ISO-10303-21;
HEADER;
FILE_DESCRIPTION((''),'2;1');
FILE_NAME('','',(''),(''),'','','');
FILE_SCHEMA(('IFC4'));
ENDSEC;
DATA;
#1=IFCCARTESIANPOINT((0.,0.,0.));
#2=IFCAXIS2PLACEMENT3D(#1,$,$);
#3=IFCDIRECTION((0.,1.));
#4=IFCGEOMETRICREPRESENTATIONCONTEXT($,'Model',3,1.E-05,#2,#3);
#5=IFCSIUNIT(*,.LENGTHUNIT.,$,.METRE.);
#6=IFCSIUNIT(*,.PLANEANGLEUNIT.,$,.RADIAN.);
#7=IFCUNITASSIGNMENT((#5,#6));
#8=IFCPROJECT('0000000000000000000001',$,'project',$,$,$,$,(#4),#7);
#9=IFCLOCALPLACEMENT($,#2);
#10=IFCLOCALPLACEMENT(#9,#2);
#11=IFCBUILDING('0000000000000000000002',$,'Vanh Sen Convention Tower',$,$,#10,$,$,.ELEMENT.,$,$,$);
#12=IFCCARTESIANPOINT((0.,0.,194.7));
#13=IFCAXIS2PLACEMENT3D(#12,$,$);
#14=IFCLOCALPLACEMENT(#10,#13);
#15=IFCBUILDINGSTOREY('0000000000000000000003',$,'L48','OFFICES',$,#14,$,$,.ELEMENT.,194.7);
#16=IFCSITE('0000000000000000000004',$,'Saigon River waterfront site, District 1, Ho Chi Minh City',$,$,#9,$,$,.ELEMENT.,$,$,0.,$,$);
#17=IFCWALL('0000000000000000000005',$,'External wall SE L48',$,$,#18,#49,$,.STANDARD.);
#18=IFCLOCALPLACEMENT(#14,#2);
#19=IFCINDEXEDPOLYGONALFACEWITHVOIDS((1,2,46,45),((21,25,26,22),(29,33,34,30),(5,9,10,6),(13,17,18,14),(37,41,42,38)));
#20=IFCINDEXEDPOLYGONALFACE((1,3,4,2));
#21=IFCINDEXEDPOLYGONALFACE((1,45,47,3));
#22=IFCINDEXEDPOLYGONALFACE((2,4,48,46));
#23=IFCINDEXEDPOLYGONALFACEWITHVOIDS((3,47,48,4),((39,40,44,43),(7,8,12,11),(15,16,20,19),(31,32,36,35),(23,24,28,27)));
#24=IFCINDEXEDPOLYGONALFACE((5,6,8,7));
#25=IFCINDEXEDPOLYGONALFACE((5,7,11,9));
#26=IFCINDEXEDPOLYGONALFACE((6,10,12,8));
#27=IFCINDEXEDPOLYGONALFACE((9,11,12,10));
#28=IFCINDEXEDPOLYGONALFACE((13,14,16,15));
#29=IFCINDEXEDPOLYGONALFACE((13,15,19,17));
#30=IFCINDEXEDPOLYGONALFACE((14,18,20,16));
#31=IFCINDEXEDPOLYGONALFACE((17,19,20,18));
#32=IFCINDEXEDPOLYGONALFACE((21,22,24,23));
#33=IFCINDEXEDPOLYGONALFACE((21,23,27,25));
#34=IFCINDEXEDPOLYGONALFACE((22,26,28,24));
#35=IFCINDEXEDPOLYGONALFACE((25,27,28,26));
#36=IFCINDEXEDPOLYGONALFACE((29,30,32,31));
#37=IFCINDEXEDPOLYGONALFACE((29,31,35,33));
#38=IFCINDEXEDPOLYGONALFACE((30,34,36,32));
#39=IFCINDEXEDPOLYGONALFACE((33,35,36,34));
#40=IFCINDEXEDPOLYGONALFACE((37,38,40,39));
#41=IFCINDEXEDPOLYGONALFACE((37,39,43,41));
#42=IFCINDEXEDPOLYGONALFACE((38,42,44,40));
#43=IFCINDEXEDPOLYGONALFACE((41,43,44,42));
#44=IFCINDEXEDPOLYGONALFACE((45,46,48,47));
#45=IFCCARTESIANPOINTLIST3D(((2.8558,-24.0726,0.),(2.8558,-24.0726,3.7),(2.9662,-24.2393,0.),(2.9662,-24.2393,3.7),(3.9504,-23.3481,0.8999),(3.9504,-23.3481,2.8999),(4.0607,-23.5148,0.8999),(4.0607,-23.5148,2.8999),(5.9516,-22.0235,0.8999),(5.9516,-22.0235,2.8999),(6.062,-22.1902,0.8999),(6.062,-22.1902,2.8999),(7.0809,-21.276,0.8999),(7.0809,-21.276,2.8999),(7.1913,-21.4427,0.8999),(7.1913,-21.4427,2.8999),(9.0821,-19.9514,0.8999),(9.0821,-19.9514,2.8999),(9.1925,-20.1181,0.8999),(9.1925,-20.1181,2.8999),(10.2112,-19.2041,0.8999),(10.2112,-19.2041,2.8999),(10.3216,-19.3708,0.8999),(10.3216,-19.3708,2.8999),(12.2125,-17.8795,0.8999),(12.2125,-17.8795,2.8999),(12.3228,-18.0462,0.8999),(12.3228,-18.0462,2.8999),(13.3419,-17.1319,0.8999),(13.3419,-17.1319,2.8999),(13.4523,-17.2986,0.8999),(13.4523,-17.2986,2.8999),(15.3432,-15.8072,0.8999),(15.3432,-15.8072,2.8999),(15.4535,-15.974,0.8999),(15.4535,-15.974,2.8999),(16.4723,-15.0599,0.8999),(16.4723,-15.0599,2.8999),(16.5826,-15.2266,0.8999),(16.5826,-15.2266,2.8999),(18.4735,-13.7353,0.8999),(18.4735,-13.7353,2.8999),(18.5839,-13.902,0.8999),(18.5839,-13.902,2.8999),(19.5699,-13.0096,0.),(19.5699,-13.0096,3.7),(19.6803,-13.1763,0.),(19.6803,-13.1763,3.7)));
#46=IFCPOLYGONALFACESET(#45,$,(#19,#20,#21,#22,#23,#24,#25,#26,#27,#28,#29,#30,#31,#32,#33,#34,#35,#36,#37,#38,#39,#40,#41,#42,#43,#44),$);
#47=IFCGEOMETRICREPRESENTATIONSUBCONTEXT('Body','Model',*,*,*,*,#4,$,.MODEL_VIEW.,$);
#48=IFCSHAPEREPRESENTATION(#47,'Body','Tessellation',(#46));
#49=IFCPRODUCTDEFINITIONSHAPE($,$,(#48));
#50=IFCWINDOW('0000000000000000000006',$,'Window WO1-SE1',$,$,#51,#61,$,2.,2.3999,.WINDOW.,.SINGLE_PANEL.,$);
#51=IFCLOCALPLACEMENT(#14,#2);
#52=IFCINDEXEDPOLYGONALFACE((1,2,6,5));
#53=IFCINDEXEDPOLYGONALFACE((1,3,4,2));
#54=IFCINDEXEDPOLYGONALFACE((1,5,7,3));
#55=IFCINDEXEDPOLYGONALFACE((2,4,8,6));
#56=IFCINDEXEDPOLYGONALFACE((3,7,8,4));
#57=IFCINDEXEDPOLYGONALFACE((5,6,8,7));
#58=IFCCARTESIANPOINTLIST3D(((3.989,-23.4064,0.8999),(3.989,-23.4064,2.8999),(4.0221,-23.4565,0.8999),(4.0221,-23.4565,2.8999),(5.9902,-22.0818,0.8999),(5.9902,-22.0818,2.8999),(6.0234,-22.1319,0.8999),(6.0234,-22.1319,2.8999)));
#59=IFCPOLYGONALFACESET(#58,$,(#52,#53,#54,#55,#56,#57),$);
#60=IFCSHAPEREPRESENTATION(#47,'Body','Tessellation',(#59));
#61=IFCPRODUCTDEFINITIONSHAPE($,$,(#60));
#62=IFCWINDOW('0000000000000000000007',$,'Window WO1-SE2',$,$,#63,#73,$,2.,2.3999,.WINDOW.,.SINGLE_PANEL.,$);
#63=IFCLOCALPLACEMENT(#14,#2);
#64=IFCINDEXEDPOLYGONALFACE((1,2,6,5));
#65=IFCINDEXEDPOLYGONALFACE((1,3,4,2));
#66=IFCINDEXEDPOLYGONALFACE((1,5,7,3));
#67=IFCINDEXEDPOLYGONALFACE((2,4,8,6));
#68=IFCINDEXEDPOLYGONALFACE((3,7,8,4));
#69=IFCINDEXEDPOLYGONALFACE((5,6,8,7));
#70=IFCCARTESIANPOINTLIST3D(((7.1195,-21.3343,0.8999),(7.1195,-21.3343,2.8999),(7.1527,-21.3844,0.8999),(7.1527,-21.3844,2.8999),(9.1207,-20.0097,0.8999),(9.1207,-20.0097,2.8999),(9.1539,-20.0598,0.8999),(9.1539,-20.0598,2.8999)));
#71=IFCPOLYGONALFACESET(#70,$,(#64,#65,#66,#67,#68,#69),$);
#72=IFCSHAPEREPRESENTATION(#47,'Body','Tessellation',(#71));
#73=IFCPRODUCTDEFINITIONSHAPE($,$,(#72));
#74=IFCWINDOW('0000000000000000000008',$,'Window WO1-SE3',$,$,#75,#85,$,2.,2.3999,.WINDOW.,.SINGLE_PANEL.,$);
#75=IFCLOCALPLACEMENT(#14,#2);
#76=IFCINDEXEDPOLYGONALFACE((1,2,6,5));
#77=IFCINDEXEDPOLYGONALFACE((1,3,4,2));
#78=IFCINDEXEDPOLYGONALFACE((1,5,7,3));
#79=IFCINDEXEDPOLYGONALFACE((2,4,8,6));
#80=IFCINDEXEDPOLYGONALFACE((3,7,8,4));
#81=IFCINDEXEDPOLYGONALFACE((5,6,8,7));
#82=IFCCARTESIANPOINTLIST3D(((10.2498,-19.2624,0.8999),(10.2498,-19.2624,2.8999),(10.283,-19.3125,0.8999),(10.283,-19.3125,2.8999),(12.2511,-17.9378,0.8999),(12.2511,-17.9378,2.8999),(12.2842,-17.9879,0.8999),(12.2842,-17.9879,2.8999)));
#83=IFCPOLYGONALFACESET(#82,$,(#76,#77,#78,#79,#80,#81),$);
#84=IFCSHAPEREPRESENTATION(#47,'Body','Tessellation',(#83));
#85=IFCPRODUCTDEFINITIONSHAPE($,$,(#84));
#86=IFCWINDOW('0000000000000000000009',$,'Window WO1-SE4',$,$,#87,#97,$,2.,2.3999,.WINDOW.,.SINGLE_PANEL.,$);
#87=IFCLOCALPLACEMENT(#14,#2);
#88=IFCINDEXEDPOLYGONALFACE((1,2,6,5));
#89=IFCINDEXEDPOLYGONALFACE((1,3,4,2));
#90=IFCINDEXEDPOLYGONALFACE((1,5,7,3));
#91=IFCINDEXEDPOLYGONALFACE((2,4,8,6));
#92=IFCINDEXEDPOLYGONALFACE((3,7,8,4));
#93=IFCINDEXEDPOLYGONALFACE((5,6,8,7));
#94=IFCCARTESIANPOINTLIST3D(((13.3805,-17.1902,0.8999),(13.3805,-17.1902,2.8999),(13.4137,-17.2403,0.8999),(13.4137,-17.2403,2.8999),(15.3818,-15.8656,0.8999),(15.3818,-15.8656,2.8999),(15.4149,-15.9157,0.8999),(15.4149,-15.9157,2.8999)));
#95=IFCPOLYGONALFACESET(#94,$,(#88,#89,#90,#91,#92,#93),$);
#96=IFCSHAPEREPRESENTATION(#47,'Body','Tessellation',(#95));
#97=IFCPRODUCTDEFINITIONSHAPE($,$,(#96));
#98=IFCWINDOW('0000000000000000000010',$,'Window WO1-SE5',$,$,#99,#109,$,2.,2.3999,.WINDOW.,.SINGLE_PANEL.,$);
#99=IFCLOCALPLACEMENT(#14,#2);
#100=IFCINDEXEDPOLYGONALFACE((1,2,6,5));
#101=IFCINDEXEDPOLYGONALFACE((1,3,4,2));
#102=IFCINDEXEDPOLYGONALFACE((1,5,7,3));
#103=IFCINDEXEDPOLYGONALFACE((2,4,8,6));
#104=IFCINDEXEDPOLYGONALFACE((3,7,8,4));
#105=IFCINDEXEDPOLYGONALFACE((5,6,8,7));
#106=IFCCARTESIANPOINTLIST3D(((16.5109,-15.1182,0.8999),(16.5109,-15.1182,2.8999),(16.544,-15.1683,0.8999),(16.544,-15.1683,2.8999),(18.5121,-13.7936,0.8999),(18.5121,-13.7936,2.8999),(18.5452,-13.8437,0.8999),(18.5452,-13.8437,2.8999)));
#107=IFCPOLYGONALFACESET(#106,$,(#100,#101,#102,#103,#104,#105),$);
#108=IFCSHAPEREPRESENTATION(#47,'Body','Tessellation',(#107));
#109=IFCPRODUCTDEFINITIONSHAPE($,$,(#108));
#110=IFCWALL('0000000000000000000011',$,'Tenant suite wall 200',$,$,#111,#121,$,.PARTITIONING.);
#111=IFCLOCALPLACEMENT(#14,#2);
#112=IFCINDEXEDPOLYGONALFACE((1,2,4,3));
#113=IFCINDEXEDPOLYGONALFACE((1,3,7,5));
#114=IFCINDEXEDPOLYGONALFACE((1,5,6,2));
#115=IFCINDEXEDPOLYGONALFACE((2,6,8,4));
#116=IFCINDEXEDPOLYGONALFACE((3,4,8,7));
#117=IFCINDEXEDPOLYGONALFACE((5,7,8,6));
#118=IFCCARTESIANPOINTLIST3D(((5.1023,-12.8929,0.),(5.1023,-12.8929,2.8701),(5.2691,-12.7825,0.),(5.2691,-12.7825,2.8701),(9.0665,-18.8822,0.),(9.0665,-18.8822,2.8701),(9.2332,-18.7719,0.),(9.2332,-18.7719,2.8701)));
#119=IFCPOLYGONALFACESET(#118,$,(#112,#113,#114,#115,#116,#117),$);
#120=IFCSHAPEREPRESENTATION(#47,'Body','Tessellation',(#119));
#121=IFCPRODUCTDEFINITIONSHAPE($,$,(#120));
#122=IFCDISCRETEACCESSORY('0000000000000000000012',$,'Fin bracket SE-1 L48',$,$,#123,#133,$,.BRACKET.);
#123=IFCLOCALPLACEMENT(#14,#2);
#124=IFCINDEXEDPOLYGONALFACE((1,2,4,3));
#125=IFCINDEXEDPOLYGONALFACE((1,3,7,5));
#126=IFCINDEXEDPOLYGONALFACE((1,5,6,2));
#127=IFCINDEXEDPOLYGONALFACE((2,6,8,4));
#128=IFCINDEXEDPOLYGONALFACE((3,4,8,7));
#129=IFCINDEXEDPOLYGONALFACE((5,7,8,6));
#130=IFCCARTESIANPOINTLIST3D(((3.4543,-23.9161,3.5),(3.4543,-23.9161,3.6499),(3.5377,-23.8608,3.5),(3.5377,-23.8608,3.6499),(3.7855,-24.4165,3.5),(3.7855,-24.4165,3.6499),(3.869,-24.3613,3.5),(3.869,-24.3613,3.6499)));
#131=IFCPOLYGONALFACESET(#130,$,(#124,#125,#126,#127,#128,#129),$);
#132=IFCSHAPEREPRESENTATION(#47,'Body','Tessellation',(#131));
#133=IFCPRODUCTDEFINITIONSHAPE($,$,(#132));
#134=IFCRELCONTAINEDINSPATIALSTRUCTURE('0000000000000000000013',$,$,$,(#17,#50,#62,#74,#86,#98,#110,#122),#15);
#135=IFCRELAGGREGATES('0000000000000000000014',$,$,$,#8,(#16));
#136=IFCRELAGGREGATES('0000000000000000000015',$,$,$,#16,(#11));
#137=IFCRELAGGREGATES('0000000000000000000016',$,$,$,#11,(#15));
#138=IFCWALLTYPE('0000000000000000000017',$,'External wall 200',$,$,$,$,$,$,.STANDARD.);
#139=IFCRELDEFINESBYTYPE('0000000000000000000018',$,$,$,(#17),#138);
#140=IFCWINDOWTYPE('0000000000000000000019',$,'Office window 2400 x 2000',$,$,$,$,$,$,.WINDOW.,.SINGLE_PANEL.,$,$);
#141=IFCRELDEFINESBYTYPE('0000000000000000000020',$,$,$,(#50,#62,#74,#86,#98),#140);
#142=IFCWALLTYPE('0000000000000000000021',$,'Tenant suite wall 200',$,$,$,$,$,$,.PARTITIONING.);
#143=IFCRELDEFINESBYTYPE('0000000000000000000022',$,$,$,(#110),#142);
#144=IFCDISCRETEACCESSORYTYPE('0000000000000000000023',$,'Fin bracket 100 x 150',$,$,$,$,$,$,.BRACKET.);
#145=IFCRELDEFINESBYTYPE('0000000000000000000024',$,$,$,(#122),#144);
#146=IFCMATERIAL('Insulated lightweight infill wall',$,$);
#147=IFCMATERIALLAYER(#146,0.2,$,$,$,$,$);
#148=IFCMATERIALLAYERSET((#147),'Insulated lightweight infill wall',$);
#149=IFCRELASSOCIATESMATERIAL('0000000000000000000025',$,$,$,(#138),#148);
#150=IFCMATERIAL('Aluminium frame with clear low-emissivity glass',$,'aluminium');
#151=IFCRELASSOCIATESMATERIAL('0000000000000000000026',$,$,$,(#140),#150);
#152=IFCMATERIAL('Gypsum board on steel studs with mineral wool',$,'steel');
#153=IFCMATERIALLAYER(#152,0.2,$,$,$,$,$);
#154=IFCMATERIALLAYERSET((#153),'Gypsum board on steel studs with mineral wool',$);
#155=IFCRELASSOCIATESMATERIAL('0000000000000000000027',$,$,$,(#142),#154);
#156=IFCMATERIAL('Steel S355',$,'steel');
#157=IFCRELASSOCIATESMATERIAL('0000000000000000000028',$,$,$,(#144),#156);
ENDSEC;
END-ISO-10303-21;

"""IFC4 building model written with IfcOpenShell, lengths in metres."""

from ifc_helpers import new_model, si_unit, direction, frame, frame_2d, origin, origin_2d, place, context, subcontext, project, spatial, rectangle, extrude, material, layer, layer_set, type_object, element, fill, save


model = new_model("IFC4")

# Units and contexts
model_context = context("Model", 3, precision=1e-05, world=origin(), true_north=direction((0.0, 1.0)))
body_context = subcontext(model_context, "Body", "Model", "MODEL_VIEW")
ifc_project = project(units=[si_unit("LENGTHUNIT", "METRE"), si_unit("PLANEANGLEUNIT", "RADIAN")], contexts=[model_context])

# Site, building, storey
site_placement = place(None, origin())
site = spatial("IfcSite", under=ifc_project, at=site_placement, Name="Saigon River waterfront site, District 1, Ho Chi Minh City", CompositionType="ELEMENT", RefElevation=0.0)
building_placement = place(site_placement, origin())
building = spatial("IfcBuilding", under=site, at=building_placement, Name="Vanh Sen Convention Tower", CompositionType="ELEMENT")
storey_placement = place(building_placement, frame((0.0, 0.0, 194.7)))
storey = spatial("IfcBuildingStorey", under=building, at=storey_placement, Name="L48", Description="OFFICES", CompositionType="ELEMENT", Elevation=194.7)

# Shared definitions
ifc_material_1 = material(Name="Gypsum board on steel studs with mineral wool", Category="steel")

# Wall, openings, windows
ifc_material_2 = material(Name="Insulated lightweight infill wall")
ifc_layer_1 = layer(ifc_material_2, 0.2)
ifc_layer_set_1 = layer_set([ifc_layer_1], Name="Insulated lightweight infill wall")
wall_type_1 = type_object("IfcWallType", Name="External wall 200", PredefinedType="STANDARD", material=ifc_layer_set_1)
wall_1_placement = place(storey_placement, frame((2.9109, -24.156, 0.0), z_axis=(0.0, 0.0, 1.0), x_axis=(0.833882, 0.551943, 0.0)))
wall_1 = element("IfcWall", 1, at=wall_1_placement, inside=storey, type_object=wall_type_1, Name="External wall SE L48", PredefinedType="STANDARD", context=body_context, shape_type="SweptSolid", body=[
    extrude(rectangle(XDim=20.0437, YDim=0.2, at=frame_2d((10.022, 0.0))), origin(), (0.0, 0.0, 1.0), 3.7),
])
opening_1_placement = place(wall_1_placement, frame((1.3127, 0.0, 0.8999)))
opening_1 = element("IfcOpeningElement", 2, at=opening_1_placement, cuts=wall_1, PredefinedType="OPENING", context=body_context, shape_type="SweptSolid", body=[
    extrude(rectangle(XDim=2.3999, YDim=2.0, at=frame_2d((1.2, 1.0))), frame((0.0, 0.1099, 0.0), z_axis=(0.0, -1.0, 0.0), x_axis=(1.0, 0.0, 0.0)), (0.0, 0.0, 1.0), 0.22),
])
opening_2_placement = place(wall_1_placement, frame((5.0669, 0.0, 0.8999)))
opening_2 = element("IfcOpeningElement", 3, at=opening_2_placement, cuts=wall_1, PredefinedType="OPENING", context=body_context, shape_type="SweptSolid", body=[
    extrude(rectangle(XDim=2.3999, YDim=2.0, at=frame_2d((1.2, 1.0))), frame((0.0, 0.1099, 0.0), z_axis=(0.0, -1.0, 0.0), x_axis=(1.0, 0.0, 0.0)), (0.0, 0.0, 1.0), 0.22),
])
opening_3_placement = place(wall_1_placement, frame((8.8208, 0.0, 0.8999)))
opening_3 = element("IfcOpeningElement", 4, at=opening_3_placement, cuts=wall_1, PredefinedType="OPENING", context=body_context, shape_type="SweptSolid", body=[
    extrude(rectangle(XDim=2.3999, YDim=2.0, at=frame_2d((1.2, 1.0))), frame((0.0, 0.1099, 0.0), z_axis=(0.0, -1.0, 0.0), x_axis=(1.0, 0.0, 0.0)), (0.0, 0.0, 1.0), 0.22),
])
opening_4_placement = place(wall_1_placement, frame((12.5752, 0.0, 0.8999)))
opening_4 = element("IfcOpeningElement", 5, at=opening_4_placement, cuts=wall_1, PredefinedType="OPENING", context=body_context, shape_type="SweptSolid", body=[
    extrude(rectangle(XDim=2.3999, YDim=2.0, at=frame_2d((1.2, 1.0))), frame((0.0, 0.1099, 0.0), z_axis=(0.0, -1.0, 0.0), x_axis=(1.0, 0.0, 0.0)), (0.0, 0.0, 1.0), 0.22),
])
opening_5_placement = place(wall_1_placement, frame((16.3291, 0.0, 0.8999)))
opening_5 = element("IfcOpeningElement", 6, at=opening_5_placement, cuts=wall_1, PredefinedType="OPENING", context=body_context, shape_type="SweptSolid", body=[
    extrude(rectangle(XDim=2.3999, YDim=2.0, at=frame_2d((1.2, 1.0))), frame((0.0, 0.1099, 0.0), z_axis=(0.0, -1.0, 0.0), x_axis=(1.0, 0.0, 0.0)), (0.0, 0.0, 1.0), 0.22),
])
ifc_material_3 = material(Name="Aluminium frame with clear low-emissivity glass", Category="aluminium")
window_type = type_object("IfcWindowType", Name="Office window 2400 x 2000", PartitioningType="SINGLE_PANEL", PredefinedType="WINDOW", material=ifc_material_3)
window_1_placement = place(opening_1_placement, origin())
window_1 = element("IfcWindow", 7, at=window_1_placement, inside=storey, type_object=window_type, Name="Window WO1-SE1", OverallHeight=2.0, OverallWidth=2.3999, PartitioningType="SINGLE_PANEL", PredefinedType="WINDOW", context=body_context, shape_type="SweptSolid", body=[
    extrude(rectangle(XDim=2.3999, YDim=2.0, at=frame_2d((1.2, 1.0))), frame((0.0, 0.03, 0.0), z_axis=(0.0, -1.0, 0.0), x_axis=(1.0, 0.0, 0.0)), (0.0, 0.0, 1.0), 0.0601),
])
fill(opening_1, window_1)
window_2_placement = place(opening_2_placement, origin())
window_2 = element("IfcWindow", 8, at=window_2_placement, inside=storey, type_object=window_type, Name="Window WO1-SE2", OverallHeight=2.0, OverallWidth=2.3999, PartitioningType="SINGLE_PANEL", PredefinedType="WINDOW", context=body_context, shape_type="SweptSolid", body=[
    extrude(rectangle(XDim=2.3999, YDim=2.0, at=frame_2d((1.2, 1.0))), frame((0.0, 0.03, 0.0), z_axis=(0.0, -1.0, 0.0), x_axis=(1.0, 0.0, 0.0)), (0.0, 0.0, 1.0), 0.0601),
])
fill(opening_2, window_2)
window_3_placement = place(opening_3_placement, origin())
window_3 = element("IfcWindow", 9, at=window_3_placement, inside=storey, type_object=window_type, Name="Window WO1-SE3", OverallHeight=2.0, OverallWidth=2.3999, PartitioningType="SINGLE_PANEL", PredefinedType="WINDOW", context=body_context, shape_type="SweptSolid", body=[
    extrude(rectangle(XDim=2.3999, YDim=2.0, at=frame_2d((1.2, 1.0))), frame((0.0, 0.03, 0.0), z_axis=(0.0, -1.0, 0.0), x_axis=(1.0, 0.0, 0.0)), (0.0, 0.0, 1.0), 0.0601),
])
fill(opening_3, window_3)
window_4_placement = place(opening_4_placement, origin())
window_4 = element("IfcWindow", 10, at=window_4_placement, inside=storey, type_object=window_type, Name="Window WO1-SE4", OverallHeight=2.0, OverallWidth=2.3999, PartitioningType="SINGLE_PANEL", PredefinedType="WINDOW", context=body_context, shape_type="SweptSolid", body=[
    extrude(rectangle(XDim=2.3999, YDim=2.0, at=frame_2d((1.2, 1.0))), frame((0.0, 0.03, 0.0), z_axis=(0.0, -1.0, 0.0), x_axis=(1.0, 0.0, 0.0)), (0.0, 0.0, 1.0), 0.0601),
])
fill(opening_4, window_4)
window_5_placement = place(opening_5_placement, origin())
window_5 = element("IfcWindow", 11, at=window_5_placement, inside=storey, type_object=window_type, Name="Window WO1-SE5", OverallHeight=2.0, OverallWidth=2.3999, PartitioningType="SINGLE_PANEL", PredefinedType="WINDOW", context=body_context, shape_type="SweptSolid", body=[
    extrude(rectangle(XDim=2.3999, YDim=2.0, at=frame_2d((1.2, 1.0))), frame((0.0, 0.03, 0.0), z_axis=(0.0, -1.0, 0.0), x_axis=(1.0, 0.0, 0.0)), (0.0, 0.0, 1.0), 0.0601),
])
fill(opening_5, window_5)

# Wall
ifc_layer_2 = layer(ifc_material_1, 0.2)
ifc_layer_set_2 = layer_set([ifc_layer_2], Name="Gypsum board on steel studs with mineral wool")
wall_type_2 = type_object("IfcWallType", Name="Tenant suite wall 200", PredefinedType="PARTITIONING", material=ifc_layer_set_2)
wall_2_placement = place(storey_placement, frame((9.1499, -18.8271, 0.0), z_axis=(0.0, 0.0, 1.0), x_axis=(-0.551928, 0.833892, 0.0)))
element("IfcWall", 12, at=wall_2_placement, inside=storey, type_object=wall_type_2, Name="Tenant suite wall 200", PredefinedType="PARTITIONING", context=body_context, shape_type="SweptSolid", body=[
    extrude(rectangle(XDim=7.1824, YDim=0.2, at=frame_2d((3.5913, 0.0))), origin(), (0.0, 0.0, 1.0), 2.8701),
])

# Discrete accessory
ifc_material_4 = material(Name="Steel S355", Category="steel")
discrete_accessory_type = type_object("IfcDiscreteAccessoryType", Name="Fin bracket 100 x 150", PredefinedType="BRACKET", material=ifc_material_4)
discrete_accessory_placement = place(storey_placement, frame((3.6616, -24.1387, 3.5), z_axis=(0.0, 0.0, 1.0), x_axis=(0.551937, -0.833886, 0.0)))
element("IfcDiscreteAccessory", 13, at=discrete_accessory_placement, inside=storey, type_object=discrete_accessory_type, Name="Fin bracket SE-1 L48", PredefinedType="BRACKET", context=body_context, shape_type="SweptSolid", body=[
    extrude(rectangle(XDim=0.6001, YDim=0.1001, at=origin_2d()), origin(), (0.0, 0.0, 1.0), 0.1499),
])

save(model, "model.ifc")
